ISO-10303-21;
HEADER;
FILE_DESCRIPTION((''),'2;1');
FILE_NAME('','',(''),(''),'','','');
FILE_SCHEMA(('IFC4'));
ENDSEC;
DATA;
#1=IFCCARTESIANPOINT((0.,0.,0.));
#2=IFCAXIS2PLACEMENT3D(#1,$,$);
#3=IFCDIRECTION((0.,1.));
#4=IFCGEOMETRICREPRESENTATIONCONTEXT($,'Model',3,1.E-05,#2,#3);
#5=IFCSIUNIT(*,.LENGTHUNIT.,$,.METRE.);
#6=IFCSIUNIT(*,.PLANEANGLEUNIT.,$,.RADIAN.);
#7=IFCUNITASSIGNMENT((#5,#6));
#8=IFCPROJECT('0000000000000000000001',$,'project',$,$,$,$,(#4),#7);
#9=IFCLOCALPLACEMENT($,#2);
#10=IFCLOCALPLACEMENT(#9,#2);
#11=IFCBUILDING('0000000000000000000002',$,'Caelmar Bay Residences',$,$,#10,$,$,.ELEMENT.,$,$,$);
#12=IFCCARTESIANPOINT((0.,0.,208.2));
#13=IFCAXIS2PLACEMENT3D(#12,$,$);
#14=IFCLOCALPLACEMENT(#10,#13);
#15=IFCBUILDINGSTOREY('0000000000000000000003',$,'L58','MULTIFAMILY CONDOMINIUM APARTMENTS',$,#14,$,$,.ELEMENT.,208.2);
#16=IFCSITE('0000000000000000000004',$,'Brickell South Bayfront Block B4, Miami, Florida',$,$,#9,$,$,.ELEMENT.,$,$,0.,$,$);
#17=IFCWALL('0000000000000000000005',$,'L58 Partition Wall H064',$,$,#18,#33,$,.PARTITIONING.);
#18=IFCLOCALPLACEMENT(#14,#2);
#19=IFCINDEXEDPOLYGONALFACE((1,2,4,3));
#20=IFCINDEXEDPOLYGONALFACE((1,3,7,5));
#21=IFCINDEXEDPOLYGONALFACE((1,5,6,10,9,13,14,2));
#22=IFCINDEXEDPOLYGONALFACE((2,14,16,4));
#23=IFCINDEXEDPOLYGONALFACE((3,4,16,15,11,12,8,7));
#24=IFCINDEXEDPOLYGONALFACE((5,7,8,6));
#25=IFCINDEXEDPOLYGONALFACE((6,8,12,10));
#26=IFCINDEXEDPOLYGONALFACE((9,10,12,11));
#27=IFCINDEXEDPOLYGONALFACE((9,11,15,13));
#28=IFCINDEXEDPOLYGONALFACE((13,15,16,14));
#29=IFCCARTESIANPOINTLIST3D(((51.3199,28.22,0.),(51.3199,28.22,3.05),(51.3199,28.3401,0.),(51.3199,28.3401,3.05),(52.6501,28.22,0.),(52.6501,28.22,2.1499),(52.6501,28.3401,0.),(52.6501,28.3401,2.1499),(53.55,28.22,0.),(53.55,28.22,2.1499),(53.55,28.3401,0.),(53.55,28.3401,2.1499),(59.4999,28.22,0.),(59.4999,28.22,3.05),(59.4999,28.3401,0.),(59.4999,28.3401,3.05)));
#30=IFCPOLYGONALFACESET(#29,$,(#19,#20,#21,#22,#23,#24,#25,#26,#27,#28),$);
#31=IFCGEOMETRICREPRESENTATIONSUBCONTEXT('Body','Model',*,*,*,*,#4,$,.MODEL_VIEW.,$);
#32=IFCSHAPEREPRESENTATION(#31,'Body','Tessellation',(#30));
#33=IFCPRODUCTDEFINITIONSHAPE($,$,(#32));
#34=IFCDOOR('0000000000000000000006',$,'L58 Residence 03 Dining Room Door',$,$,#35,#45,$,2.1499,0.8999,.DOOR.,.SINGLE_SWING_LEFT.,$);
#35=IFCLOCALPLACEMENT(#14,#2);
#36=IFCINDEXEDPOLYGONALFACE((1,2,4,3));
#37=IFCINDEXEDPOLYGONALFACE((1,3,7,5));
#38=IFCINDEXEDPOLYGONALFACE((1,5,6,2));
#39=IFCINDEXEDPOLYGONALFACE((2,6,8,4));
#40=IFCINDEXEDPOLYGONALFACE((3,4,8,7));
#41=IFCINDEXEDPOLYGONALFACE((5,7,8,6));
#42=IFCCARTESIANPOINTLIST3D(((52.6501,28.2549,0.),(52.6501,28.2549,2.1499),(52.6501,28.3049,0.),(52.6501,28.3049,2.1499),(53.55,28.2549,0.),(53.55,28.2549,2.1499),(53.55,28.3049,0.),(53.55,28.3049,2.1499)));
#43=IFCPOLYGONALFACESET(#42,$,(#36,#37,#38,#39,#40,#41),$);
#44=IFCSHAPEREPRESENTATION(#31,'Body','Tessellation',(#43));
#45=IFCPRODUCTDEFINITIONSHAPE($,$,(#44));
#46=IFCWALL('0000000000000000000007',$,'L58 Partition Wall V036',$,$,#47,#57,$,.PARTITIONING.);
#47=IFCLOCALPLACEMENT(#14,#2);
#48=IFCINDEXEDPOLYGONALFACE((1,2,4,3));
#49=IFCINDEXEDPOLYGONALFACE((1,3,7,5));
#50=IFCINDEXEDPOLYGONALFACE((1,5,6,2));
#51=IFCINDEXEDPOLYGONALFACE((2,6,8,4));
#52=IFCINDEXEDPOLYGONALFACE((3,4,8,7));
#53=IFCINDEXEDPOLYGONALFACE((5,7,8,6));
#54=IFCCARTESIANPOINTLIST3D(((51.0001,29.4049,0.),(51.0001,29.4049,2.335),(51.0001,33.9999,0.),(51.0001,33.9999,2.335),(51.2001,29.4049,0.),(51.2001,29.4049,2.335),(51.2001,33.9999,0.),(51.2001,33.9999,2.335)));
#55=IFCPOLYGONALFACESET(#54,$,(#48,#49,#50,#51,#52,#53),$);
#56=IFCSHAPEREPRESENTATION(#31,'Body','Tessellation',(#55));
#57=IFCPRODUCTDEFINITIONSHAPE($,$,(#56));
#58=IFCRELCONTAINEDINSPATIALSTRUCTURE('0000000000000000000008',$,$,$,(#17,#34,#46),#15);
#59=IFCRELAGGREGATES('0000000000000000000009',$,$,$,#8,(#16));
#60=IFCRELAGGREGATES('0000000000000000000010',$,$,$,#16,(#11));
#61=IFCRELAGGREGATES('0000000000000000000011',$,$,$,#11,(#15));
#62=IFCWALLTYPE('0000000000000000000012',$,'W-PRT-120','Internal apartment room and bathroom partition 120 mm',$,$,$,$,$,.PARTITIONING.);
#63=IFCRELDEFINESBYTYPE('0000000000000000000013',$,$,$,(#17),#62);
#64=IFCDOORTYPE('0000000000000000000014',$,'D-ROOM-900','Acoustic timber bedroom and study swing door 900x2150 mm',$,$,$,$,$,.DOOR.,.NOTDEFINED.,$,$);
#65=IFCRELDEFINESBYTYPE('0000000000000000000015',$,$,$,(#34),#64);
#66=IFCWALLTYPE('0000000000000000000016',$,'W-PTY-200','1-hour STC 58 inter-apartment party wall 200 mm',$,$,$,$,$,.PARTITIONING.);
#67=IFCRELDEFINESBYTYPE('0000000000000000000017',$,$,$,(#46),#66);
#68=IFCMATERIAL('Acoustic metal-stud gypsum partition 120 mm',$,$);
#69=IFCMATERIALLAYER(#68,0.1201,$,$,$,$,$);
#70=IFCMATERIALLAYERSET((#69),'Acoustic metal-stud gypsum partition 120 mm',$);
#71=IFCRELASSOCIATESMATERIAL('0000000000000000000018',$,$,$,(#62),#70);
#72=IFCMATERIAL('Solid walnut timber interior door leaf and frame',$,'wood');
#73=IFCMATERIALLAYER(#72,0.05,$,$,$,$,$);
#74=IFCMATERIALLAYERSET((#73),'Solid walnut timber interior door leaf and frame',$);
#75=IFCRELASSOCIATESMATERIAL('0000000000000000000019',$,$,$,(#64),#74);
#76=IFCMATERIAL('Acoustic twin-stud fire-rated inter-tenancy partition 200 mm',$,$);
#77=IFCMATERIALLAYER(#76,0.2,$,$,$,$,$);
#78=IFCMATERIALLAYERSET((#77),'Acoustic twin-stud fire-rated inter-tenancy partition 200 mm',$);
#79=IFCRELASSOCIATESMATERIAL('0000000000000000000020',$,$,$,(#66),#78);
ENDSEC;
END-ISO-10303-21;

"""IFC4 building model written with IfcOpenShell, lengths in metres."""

from ifc_helpers import new_model, si_unit, direction, frame, frame_2d, origin, place, context, subcontext, project, spatial, rectangle, extrude, material, layer, layer_set, type_object, element, fill, save


model = new_model("IFC4")

# Units and contexts
model_context = context("Model", 3, precision=1e-05, world=origin(), true_north=direction((0.0, 1.0)))
body_context = subcontext(model_context, "Body", "Model", "MODEL_VIEW")
ifc_project = project(units=[si_unit("LENGTHUNIT", "METRE"), si_unit("PLANEANGLEUNIT", "RADIAN")], contexts=[model_context])

# Site, building, storey
site_placement = place(None, origin())
site = spatial("IfcSite", under=ifc_project, at=site_placement, Name="Brickell South Bayfront Block B4, Miami, Florida", CompositionType="ELEMENT", RefElevation=0.0)
building_placement = place(site_placement, origin())
building = spatial("IfcBuilding", under=site, at=building_placement, Name="Caelmar Bay Residences", CompositionType="ELEMENT")
storey_placement = place(building_placement, frame((0.0, 0.0, 208.2)))
storey = spatial("IfcBuildingStorey", under=building, at=storey_placement, Name="L58", Description="MULTIFAMILY CONDOMINIUM APARTMENTS", CompositionType="ELEMENT", Elevation=208.2)

# Wall, opening, door
ifc_material_1 = material(Name="Acoustic metal-stud gypsum partition 120 mm")
ifc_layer_1 = layer(ifc_material_1, 0.1201)
ifc_layer_set_1 = layer_set([ifc_layer_1], Name="Acoustic metal-stud gypsum partition 120 mm")
wall_type_1 = type_object("IfcWallType", Name="W-PRT-120", Description="Internal apartment room and bathroom partition 120 mm", PredefinedType="PARTITIONING", material=ifc_layer_set_1)
ifc_material_2 = material(Name="Solid walnut timber interior door leaf and frame", Category="wood")
ifc_layer_2 = layer(ifc_material_2, 0.05)
ifc_layer_set_2 = layer_set([ifc_layer_2], Name="Solid walnut timber interior door leaf and frame")
door_type_1 = type_object("IfcDoorType", Name="D-ROOM-900", Description="Acoustic timber bedroom and study swing door 900x2150 mm", OperationType="NOTDEFINED", PredefinedType="DOOR", material=ifc_layer_set_2)
wall_1_placement = place(storey_placement, frame((51.3201, 28.28, 0.0), z_axis=(0.0, 0.0, 1.0), x_axis=(1.0, 0.0, 0.0)))
wall_1 = element("IfcWall", 1, at=wall_1_placement, inside=storey, type_object=wall_type_1, Name="L58 Partition Wall H064", PredefinedType="PARTITIONING", context=body_context, shape_type="SweptSolid", body=[
    extrude(rectangle(XDim=8.1799, YDim=0.1201, at=frame_2d((4.0898, 0.0))), origin(), (0.0, 0.0, 1.0), 3.05),
])
opening_1_placement = place(wall_1_placement, frame((1.3301, 0.0, 0.0)))
opening_1 = element("IfcOpeningElement", 2, at=opening_1_placement, cuts=wall_1, PredefinedType="OPENING", context=body_context, shape_type="SweptSolid", body=[
    extrude(rectangle(XDim=0.8999, YDim=2.1499, at=frame_2d((0.45, 1.075))), frame((0.0, 0.0701, 0.0), z_axis=(0.0, -1.0, 0.0), x_axis=(1.0, 0.0, 0.0)), (0.0, 0.0, 1.0), 0.1401),
])
door_1_placement = place(opening_1_placement, origin())
door_1 = element("IfcDoor", 3, at=door_1_placement, inside=storey, type_object=door_type_1, Name="L58 Residence 03 Dining Room Door", OperationType="SINGLE_SWING_LEFT", OverallHeight=2.1499, OverallWidth=0.8999, PredefinedType="DOOR", context=body_context, shape_type="SweptSolid", body=[
    extrude(rectangle(XDim=0.8999, YDim=2.1499, at=frame_2d((0.45, 1.075))), frame((0.0, 0.0249, 0.0), z_axis=(0.0, -1.0, 0.0), x_axis=(1.0, 0.0, 0.0)), (0.0, 0.0, 1.0), 0.05),
])
fill(opening_1, door_1)

# Wall
ifc_material_3 = material(Name="Acoustic twin-stud fire-rated inter-tenancy partition 200 mm")
ifc_layer_3 = layer(ifc_material_3, 0.2)
ifc_layer_set_3 = layer_set([ifc_layer_3], Name="Acoustic twin-stud fire-rated inter-tenancy partition 200 mm")
wall_type_2 = type_object("IfcWallType", Name="W-PTY-200", Description="1-hour STC 58 inter-apartment party wall 200 mm", PredefinedType="PARTITIONING", material=ifc_layer_set_3)
wall_2_placement = place(storey_placement, frame((51.1001, 29.405, 0.0), z_axis=(0.0, 0.0, 1.0), x_axis=(0.0, 1.0, 0.0)))
element("IfcWall", 4, at=wall_2_placement, inside=storey, type_object=wall_type_2, Name="L58 Partition Wall V036", PredefinedType="PARTITIONING", context=body_context, shape_type="SweptSolid", body=[
    extrude(rectangle(XDim=4.595, YDim=0.2, at=frame_2d((2.2974, 0.0))), origin(), (0.0, 0.0, 1.0), 2.335),
])

save(model, "model.ifc")
